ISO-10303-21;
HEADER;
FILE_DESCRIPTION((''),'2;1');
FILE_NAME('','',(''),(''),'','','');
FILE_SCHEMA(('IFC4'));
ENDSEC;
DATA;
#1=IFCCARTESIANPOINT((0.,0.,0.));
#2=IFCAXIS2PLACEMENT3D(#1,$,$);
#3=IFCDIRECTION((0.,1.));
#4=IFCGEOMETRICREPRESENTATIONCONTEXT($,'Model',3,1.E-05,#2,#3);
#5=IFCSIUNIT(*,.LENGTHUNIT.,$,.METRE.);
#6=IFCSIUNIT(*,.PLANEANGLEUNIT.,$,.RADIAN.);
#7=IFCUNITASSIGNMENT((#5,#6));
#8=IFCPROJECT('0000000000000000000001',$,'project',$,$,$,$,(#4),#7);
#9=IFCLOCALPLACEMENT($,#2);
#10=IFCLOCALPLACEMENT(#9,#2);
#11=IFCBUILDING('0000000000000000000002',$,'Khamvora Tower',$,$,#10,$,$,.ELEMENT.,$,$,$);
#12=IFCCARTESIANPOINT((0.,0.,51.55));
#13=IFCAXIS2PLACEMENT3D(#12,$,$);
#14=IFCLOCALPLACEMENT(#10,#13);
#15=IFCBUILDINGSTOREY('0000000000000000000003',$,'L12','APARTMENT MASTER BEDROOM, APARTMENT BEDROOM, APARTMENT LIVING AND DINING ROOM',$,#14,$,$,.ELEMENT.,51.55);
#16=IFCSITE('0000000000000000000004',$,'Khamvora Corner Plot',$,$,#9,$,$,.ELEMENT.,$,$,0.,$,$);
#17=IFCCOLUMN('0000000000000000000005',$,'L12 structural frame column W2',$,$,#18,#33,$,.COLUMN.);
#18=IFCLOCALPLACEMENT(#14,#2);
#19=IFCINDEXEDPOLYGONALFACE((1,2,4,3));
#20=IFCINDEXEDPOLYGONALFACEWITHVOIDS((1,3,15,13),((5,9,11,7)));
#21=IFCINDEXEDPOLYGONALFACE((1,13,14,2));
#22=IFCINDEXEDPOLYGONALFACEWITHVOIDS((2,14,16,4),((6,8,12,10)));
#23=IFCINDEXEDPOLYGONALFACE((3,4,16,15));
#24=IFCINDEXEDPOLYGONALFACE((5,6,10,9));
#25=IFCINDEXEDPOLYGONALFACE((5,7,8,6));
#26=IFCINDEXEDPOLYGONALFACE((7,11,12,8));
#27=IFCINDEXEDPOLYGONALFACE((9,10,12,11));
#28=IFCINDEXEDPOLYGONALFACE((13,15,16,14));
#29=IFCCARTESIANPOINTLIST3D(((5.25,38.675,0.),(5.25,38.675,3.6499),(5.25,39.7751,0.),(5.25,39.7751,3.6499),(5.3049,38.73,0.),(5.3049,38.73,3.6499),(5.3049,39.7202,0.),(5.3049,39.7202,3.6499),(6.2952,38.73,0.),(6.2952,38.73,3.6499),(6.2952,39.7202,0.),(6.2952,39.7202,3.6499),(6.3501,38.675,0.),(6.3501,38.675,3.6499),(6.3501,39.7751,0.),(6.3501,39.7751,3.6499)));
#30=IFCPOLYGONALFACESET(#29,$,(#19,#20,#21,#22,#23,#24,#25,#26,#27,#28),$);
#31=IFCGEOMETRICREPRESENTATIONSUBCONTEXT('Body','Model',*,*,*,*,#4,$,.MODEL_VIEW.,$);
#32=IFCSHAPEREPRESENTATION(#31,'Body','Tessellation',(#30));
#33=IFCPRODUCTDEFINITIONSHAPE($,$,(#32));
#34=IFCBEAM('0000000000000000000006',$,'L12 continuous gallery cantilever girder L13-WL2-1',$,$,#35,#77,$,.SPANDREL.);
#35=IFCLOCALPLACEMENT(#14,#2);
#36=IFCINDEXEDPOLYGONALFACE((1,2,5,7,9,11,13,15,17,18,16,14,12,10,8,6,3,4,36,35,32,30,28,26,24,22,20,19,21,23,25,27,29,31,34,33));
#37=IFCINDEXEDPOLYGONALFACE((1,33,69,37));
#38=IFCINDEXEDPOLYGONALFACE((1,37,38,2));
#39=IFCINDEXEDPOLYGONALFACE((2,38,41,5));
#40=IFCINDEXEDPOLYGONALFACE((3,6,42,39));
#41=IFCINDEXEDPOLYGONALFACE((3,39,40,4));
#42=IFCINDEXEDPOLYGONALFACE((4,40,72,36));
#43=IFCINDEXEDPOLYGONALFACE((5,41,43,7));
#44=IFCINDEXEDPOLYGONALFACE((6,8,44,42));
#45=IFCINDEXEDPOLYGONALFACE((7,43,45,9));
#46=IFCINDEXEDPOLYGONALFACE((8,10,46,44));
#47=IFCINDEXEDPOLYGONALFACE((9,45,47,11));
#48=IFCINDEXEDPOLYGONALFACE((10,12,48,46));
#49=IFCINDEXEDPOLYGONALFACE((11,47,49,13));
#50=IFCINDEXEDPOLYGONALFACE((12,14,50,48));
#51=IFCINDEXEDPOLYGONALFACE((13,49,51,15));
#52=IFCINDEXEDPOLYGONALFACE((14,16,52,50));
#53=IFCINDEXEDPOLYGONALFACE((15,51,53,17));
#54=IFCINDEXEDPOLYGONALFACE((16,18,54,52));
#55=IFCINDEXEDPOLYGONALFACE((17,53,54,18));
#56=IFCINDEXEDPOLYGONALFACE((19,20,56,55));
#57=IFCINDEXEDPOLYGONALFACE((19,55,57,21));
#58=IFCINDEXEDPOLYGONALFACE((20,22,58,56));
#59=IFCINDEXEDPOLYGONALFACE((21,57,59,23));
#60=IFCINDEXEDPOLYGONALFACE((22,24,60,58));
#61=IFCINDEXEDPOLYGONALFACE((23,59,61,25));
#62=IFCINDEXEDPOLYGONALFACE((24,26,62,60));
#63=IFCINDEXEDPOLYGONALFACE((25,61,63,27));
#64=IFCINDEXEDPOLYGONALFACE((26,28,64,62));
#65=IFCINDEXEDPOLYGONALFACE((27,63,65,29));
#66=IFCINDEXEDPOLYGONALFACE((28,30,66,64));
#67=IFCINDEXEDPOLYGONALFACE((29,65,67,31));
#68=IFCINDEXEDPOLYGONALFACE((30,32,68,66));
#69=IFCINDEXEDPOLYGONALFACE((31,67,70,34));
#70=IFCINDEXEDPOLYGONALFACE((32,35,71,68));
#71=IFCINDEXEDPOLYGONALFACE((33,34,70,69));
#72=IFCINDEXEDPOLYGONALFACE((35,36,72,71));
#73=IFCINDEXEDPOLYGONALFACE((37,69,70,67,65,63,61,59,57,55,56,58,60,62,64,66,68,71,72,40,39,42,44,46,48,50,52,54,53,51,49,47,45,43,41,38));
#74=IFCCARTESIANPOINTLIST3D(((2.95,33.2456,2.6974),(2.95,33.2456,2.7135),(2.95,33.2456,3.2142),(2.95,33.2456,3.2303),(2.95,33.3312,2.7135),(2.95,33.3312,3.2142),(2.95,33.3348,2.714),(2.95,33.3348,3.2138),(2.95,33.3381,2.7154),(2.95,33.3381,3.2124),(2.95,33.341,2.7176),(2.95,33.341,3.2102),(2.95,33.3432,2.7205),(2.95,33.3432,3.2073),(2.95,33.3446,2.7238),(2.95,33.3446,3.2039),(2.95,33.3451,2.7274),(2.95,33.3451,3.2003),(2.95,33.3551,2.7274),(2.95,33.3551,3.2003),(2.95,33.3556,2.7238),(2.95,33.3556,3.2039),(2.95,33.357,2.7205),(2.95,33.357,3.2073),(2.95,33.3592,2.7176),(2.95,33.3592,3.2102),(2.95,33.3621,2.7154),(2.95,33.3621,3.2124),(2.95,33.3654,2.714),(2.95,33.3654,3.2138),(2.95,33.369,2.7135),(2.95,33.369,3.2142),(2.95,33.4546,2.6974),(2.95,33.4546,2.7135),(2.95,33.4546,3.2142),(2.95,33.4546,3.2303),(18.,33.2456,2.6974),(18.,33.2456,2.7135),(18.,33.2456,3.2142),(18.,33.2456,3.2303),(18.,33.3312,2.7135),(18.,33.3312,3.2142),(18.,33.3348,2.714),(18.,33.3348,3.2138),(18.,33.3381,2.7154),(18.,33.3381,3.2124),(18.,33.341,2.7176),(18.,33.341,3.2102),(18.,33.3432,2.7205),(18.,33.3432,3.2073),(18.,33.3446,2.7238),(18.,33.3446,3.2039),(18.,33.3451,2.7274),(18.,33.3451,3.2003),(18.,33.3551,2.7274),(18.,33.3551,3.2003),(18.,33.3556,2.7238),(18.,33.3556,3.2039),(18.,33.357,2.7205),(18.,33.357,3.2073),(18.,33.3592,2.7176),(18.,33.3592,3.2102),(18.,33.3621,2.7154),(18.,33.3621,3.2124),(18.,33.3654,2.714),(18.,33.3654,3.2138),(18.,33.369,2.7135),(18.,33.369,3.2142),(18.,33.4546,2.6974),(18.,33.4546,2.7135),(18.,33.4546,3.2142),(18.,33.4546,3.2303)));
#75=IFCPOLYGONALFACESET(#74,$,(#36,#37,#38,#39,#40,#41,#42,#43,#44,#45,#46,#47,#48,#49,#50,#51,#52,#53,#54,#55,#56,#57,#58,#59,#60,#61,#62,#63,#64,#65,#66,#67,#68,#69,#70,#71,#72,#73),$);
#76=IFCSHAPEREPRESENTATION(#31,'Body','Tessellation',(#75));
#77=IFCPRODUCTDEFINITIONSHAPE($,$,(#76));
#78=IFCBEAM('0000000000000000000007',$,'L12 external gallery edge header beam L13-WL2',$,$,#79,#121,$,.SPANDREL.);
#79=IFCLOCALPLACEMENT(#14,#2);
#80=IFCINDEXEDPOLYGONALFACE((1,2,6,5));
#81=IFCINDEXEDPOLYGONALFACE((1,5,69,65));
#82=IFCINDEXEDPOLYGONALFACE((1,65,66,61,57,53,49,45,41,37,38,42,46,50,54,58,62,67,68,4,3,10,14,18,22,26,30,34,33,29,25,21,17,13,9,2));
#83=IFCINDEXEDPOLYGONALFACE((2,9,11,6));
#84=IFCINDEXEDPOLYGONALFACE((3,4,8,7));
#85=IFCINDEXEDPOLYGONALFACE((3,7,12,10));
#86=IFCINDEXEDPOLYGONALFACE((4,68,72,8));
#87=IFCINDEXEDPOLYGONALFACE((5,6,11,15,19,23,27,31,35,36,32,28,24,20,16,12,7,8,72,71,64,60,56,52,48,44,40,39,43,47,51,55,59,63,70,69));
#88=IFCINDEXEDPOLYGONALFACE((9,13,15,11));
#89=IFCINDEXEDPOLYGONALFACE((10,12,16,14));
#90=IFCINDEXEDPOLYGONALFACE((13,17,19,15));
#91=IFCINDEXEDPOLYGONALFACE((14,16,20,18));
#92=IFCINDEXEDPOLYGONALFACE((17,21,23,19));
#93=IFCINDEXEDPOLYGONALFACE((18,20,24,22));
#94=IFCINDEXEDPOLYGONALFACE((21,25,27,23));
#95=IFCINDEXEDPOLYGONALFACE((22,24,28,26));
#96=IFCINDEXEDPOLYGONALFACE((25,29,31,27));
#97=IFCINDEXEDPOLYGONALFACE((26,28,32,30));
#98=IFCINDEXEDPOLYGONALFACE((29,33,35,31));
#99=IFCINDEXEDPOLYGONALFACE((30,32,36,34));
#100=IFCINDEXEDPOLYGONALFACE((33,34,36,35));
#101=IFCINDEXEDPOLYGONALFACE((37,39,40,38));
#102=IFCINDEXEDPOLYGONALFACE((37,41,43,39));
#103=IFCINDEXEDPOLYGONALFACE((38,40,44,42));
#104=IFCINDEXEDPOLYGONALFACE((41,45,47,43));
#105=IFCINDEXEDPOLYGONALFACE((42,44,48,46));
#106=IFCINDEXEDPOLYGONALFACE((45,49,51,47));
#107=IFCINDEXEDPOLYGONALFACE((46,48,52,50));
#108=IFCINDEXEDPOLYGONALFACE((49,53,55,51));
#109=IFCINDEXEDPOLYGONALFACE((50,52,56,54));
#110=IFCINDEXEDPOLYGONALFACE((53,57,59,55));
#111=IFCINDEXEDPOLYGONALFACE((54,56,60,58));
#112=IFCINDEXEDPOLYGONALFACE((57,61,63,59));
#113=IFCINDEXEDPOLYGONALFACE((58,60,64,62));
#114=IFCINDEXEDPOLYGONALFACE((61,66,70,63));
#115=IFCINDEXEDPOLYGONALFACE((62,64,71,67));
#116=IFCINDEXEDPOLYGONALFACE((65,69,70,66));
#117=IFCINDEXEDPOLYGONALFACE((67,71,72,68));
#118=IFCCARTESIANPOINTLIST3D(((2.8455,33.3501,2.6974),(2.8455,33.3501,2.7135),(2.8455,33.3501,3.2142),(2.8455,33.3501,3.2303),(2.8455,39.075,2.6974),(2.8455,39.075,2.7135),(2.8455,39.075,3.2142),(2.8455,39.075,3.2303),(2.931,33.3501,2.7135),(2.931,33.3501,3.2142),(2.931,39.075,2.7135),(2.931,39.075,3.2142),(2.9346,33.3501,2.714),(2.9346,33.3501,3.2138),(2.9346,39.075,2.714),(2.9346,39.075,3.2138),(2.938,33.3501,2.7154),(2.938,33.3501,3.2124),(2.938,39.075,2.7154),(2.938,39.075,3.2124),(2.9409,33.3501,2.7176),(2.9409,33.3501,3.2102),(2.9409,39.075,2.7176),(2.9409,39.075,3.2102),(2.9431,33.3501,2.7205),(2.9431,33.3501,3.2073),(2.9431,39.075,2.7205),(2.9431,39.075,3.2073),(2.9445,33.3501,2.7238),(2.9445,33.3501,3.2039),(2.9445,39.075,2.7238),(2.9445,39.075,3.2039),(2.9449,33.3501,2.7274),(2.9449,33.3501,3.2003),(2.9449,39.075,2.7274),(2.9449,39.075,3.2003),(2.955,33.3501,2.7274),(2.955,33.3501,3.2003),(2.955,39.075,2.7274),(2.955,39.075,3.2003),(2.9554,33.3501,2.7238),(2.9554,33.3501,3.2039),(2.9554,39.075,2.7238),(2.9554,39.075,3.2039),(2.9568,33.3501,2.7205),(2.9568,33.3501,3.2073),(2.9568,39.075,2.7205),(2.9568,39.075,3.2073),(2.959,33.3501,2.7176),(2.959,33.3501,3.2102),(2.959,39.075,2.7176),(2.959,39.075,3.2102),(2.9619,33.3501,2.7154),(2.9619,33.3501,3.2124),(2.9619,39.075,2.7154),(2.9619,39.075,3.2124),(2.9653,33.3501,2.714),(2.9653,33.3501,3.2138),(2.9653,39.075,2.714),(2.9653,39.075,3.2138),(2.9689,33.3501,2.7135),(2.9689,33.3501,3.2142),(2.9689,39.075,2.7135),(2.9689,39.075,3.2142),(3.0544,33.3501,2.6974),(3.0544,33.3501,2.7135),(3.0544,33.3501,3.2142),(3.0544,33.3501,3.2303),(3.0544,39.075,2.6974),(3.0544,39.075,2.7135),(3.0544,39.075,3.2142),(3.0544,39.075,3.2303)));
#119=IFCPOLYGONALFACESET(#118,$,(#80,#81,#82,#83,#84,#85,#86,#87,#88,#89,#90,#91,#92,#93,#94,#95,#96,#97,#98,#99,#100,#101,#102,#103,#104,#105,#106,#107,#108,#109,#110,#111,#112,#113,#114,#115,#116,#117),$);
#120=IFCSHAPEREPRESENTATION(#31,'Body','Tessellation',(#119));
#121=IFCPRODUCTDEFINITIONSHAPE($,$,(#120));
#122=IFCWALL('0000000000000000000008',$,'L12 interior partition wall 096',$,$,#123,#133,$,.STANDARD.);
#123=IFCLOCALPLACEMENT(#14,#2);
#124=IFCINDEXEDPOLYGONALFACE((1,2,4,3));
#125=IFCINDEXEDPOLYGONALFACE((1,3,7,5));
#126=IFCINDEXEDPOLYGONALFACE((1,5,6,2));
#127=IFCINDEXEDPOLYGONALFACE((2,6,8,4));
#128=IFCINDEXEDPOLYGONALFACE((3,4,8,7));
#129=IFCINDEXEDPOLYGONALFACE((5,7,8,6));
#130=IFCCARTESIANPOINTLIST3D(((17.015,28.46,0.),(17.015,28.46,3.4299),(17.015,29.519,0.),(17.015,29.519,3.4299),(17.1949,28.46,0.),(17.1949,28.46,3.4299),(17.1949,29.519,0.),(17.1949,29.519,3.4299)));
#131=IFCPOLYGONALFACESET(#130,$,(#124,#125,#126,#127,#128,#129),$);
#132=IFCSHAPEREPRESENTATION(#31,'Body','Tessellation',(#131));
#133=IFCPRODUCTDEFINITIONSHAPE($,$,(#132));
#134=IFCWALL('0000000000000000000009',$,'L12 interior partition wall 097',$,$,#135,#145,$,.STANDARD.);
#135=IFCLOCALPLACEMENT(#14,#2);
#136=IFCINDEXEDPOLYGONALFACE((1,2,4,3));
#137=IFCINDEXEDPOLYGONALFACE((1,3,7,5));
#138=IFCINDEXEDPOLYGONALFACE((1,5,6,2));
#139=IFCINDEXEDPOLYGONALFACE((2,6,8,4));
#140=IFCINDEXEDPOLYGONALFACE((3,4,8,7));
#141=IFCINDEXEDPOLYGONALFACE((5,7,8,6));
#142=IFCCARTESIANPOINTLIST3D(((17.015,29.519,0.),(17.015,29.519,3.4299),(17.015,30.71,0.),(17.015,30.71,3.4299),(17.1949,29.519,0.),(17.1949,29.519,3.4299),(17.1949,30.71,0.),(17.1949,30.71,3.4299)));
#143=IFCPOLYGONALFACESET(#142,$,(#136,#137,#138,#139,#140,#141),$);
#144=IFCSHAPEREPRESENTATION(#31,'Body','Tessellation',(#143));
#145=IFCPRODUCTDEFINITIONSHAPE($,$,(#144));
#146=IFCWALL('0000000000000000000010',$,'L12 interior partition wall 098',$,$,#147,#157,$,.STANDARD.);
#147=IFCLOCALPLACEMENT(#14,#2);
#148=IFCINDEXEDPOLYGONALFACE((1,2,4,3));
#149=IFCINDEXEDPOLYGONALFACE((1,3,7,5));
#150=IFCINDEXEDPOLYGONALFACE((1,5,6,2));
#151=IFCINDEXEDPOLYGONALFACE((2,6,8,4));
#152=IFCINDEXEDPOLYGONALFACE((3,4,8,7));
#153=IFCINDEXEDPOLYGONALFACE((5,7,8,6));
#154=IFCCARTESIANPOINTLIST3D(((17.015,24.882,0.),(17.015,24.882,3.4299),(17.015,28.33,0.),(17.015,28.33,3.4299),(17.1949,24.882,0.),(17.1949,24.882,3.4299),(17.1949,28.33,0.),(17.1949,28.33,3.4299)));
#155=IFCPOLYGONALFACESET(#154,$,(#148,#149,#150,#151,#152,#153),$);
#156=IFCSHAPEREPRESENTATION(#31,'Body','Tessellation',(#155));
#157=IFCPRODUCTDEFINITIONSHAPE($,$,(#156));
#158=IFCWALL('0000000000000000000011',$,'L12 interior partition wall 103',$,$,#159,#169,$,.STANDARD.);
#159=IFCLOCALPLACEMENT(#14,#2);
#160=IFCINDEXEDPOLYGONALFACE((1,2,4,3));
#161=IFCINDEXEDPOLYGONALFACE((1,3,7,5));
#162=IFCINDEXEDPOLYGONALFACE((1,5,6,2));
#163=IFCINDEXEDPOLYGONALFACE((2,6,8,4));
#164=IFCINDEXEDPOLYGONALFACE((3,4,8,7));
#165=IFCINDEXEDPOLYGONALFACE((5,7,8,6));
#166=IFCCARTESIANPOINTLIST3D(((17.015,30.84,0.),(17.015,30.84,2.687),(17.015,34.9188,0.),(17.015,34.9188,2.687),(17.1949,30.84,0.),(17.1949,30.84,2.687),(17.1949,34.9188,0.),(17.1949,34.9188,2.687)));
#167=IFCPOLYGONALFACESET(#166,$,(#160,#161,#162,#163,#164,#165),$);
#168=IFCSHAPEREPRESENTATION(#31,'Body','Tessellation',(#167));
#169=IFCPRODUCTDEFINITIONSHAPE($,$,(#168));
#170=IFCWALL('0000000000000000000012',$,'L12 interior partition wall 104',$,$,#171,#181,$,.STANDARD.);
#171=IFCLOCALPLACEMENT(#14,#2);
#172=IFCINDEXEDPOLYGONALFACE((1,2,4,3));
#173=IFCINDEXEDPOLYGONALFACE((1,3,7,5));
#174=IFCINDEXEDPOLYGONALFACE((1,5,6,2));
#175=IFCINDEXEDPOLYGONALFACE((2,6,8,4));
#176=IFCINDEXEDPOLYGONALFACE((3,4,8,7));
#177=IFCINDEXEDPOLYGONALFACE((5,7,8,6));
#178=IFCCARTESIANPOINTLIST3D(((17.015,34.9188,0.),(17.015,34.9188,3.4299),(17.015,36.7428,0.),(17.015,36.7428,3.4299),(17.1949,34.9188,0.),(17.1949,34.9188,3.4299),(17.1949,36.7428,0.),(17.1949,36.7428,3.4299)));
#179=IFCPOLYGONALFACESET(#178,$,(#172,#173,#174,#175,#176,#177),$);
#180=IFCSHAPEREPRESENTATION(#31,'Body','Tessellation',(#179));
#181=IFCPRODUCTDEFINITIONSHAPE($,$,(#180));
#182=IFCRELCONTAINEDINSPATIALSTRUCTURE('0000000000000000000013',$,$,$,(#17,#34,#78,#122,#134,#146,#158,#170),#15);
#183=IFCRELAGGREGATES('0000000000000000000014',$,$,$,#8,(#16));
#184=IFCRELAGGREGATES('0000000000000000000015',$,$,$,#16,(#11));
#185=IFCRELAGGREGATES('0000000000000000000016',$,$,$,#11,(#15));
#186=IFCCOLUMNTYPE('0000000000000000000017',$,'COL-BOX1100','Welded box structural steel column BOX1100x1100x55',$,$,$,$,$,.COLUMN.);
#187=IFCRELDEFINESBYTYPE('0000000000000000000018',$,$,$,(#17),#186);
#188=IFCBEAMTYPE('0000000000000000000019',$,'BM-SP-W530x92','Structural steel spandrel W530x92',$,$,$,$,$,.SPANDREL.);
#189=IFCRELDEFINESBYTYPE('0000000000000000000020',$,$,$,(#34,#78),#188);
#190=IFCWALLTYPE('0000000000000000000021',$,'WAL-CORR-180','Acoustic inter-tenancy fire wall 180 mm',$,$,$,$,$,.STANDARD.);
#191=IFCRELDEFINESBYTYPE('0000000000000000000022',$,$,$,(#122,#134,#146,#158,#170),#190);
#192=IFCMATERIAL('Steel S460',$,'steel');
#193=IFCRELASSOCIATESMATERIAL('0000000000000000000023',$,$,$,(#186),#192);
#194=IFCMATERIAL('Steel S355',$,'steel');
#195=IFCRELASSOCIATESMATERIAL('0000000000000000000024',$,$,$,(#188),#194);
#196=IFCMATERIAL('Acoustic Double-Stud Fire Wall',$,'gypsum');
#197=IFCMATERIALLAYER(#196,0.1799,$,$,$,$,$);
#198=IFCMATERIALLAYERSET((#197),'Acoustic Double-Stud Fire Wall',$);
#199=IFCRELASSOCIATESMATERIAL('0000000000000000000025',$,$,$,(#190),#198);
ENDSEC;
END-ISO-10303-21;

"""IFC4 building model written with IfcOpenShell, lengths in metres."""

from ifc_helpers import new_model, si_unit, direction, frame, frame_2d, origin, origin_2d, place, context, subcontext, project, spatial, rectangle, hollow_rectangle, i_section, extrude, material, layer, layer_set, material_profile, profile_set, type_object, element, save


model = new_model("IFC4")

# Units and contexts
model_context = context("Model", 3, precision=1e-05, world=origin(), true_north=direction((0.0, 1.0)))
body_context = subcontext(model_context, "Body", "Model", "MODEL_VIEW")
ifc_project = project(units=[si_unit("LENGTHUNIT", "METRE"), si_unit("PLANEANGLEUNIT", "RADIAN")], contexts=[model_context])

# Site, building, storey
site_placement = place(None, origin())
site = spatial("IfcSite", under=ifc_project, at=site_placement, Name="Khamvora Corner Plot", CompositionType="ELEMENT", RefElevation=0.0)
building_placement = place(site_placement, origin())
building = spatial("IfcBuilding", under=site, at=building_placement, Name="Khamvora Tower", CompositionType="ELEMENT")
storey_placement = place(building_placement, frame((0.0, 0.0, 51.55)))
storey = spatial("IfcBuildingStorey", under=building, at=storey_placement, Name="L12", Description="APARTMENT MASTER BEDROOM, APARTMENT BEDROOM, APARTMENT LIVING AND DINING ROOM", CompositionType="ELEMENT", Elevation=51.55)

# Column
ifc_material_1 = material(Name="Steel S460", Category="steel")
ifc_material_profile_1 = material_profile(ifc_material_1, hollow_rectangle(XDim=1.1001, YDim=1.1001, WallThickness=0.0549, at=origin_2d()), Name="BOX1100x1100x55")
ifc_profile_set_1 = profile_set([ifc_material_profile_1], Name="Steel S460")
column_type = type_object("IfcColumnType", Name="COL-BOX1100", Description="Welded box structural steel column BOX1100x1100x55", PredefinedType="COLUMN", material=ifc_profile_set_1)
column_placement = place(storey_placement, frame((5.8, 39.2251, 0.0), z_axis=(0.0, 0.0, 1.0), x_axis=(1.0, 0.0, 0.0)))
element("IfcColumn", 1, at=column_placement, inside=storey, type_object=column_type, Name="L12 structural frame column W2", PredefinedType="COLUMN", context=body_context, shape_type="SweptSolid", body=[
    extrude(hollow_rectangle(XDim=1.1001, YDim=1.1001, WallThickness=0.0549, at=origin_2d()), origin(), (0.0, 0.0, 1.0), 3.6499),
])

# Beams
ifc_material_2 = material(Name="Steel S355", Category="steel")
ifc_material_profile_2 = material_profile(ifc_material_2, i_section(OverallWidth=0.209, OverallDepth=0.533, WebThickness=0.01, FlangeThickness=0.0161, FilletRadius=0.0139, at=origin_2d()), Name="W530x92")
ifc_profile_set_2 = profile_set([ifc_material_profile_2], Name="Steel S355")
beam_type = type_object("IfcBeamType", Name="BM-SP-W530x92", Description="Structural steel spandrel W530x92", PredefinedType="SPANDREL", material=ifc_profile_set_2)
beam_1_placement = place(storey_placement, frame((18.0, 33.3501, 2.9639), z_axis=(-1.0, 0.0, 0.0), x_axis=(0.0, -1.0, 0.0)))
element("IfcBeam", 2, at=beam_1_placement, inside=storey, type_object=beam_type, Name="L12 continuous gallery cantilever girder L13-WL2-1", PredefinedType="SPANDREL", context=body_context, shape_type="SweptSolid", body=[
    extrude(i_section(OverallWidth=0.209, OverallDepth=0.533, WebThickness=0.01, FlangeThickness=0.0161, FilletRadius=0.0139, at=origin_2d()), origin(), (0.0, 0.0, 1.0), 15.05),
])
beam_2_placement = place(storey_placement, frame((2.95, 33.3501, 2.9639), z_axis=(0.0, 1.0, 0.0), x_axis=(-1.0, 0.0, 0.0)))
element("IfcBeam", 3, at=beam_2_placement, inside=storey, type_object=beam_type, Name="L12 external gallery edge header beam L13-WL2", PredefinedType="SPANDREL", context=body_context, shape_type="SweptSolid", body=[
    extrude(i_section(OverallWidth=0.209, OverallDepth=0.533, WebThickness=0.01, FlangeThickness=0.0161, FilletRadius=0.0139, at=origin_2d()), origin(), (0.0, 0.0, 1.0), 5.7249),
])

# Walls
ifc_material_3 = material(Name="Acoustic Double-Stud Fire Wall", Category="gypsum")
ifc_layer_1 = layer(ifc_material_3, 0.1799)
ifc_layer_set_1 = layer_set([ifc_layer_1], Name="Acoustic Double-Stud Fire Wall")
wall_type_1 = type_object("IfcWallType", Name="WAL-CORR-180", Description="Acoustic inter-tenancy fire wall 180 mm", PredefinedType="STANDARD", material=ifc_layer_set_1)
wall_1_placement = place(storey_placement, frame((17.105, 29.519, 0.0), z_axis=(0.0, 0.0, 1.0), x_axis=(0.0, -1.0, 0.0)))
element("IfcWall", 4, at=wall_1_placement, inside=storey, type_object=wall_type_1, Name="L12 interior partition wall 096", PredefinedType="STANDARD", context=body_context, shape_type="SweptSolid", body=[
    extrude(rectangle(XDim=1.0591, YDim=0.1799, at=frame_2d((0.5295, 0.0))), origin(), (0.0, 0.0, 1.0), 3.4299),
])
wall_2_placement = place(storey_placement, frame((17.105, 30.71, 0.0), z_axis=(0.0, 0.0, 1.0), x_axis=(0.0, -1.0, 0.0)))
element("IfcWall", 5, at=wall_2_placement, inside=storey, type_object=wall_type_1, Name="L12 interior partition wall 097", PredefinedType="STANDARD", context=body_context, shape_type="SweptSolid", body=[
    extrude(rectangle(XDim=1.1909, YDim=0.1799, at=frame_2d((0.5955, 0.0))), origin(), (0.0, 0.0, 1.0), 3.4299),
])
wall_3_placement = place(storey_placement, frame((17.105, 28.3301, 0.0), z_axis=(0.0, 0.0, 1.0), x_axis=(0.0, -1.0, 0.0)))
element("IfcWall", 6, at=wall_3_placement, inside=storey, type_object=wall_type_1, Name="L12 interior partition wall 098", PredefinedType="STANDARD", context=body_context, shape_type="SweptSolid", body=[
    extrude(rectangle(XDim=3.448, YDim=0.1799, at=frame_2d((1.7241, 0.0))), origin(), (0.0, 0.0, 1.0), 3.4299),
])
wall_4_placement = place(storey_placement, frame((17.105, 34.9189, 0.0), z_axis=(0.0, 0.0, 1.0), x_axis=(0.0, -1.0, 0.0)))
element("IfcWall", 7, at=wall_4_placement, inside=storey, type_object=wall_type_1, Name="L12 interior partition wall 103", PredefinedType="STANDARD", context=body_context, shape_type="SweptSolid", body=[
    extrude(rectangle(XDim=4.0789, YDim=0.1799, at=frame_2d((2.0396, 0.0))), origin(), (0.0, 0.0, 1.0), 2.687),
])
wall_5_placement = place(storey_placement, frame((17.105, 36.7429, 0.0), z_axis=(0.0, 0.0, 1.0), x_axis=(0.0, -1.0, 0.0)))
element("IfcWall", 8, at=wall_5_placement, inside=storey, type_object=wall_type_1, Name="L12 interior partition wall 104", PredefinedType="STANDARD", context=body_context, shape_type="SweptSolid", body=[
    extrude(rectangle(XDim=1.824, YDim=0.1799, at=frame_2d((0.9121, 0.0))), origin(), (0.0, 0.0, 1.0), 3.4299),
])

save(model, "model.ifc")
